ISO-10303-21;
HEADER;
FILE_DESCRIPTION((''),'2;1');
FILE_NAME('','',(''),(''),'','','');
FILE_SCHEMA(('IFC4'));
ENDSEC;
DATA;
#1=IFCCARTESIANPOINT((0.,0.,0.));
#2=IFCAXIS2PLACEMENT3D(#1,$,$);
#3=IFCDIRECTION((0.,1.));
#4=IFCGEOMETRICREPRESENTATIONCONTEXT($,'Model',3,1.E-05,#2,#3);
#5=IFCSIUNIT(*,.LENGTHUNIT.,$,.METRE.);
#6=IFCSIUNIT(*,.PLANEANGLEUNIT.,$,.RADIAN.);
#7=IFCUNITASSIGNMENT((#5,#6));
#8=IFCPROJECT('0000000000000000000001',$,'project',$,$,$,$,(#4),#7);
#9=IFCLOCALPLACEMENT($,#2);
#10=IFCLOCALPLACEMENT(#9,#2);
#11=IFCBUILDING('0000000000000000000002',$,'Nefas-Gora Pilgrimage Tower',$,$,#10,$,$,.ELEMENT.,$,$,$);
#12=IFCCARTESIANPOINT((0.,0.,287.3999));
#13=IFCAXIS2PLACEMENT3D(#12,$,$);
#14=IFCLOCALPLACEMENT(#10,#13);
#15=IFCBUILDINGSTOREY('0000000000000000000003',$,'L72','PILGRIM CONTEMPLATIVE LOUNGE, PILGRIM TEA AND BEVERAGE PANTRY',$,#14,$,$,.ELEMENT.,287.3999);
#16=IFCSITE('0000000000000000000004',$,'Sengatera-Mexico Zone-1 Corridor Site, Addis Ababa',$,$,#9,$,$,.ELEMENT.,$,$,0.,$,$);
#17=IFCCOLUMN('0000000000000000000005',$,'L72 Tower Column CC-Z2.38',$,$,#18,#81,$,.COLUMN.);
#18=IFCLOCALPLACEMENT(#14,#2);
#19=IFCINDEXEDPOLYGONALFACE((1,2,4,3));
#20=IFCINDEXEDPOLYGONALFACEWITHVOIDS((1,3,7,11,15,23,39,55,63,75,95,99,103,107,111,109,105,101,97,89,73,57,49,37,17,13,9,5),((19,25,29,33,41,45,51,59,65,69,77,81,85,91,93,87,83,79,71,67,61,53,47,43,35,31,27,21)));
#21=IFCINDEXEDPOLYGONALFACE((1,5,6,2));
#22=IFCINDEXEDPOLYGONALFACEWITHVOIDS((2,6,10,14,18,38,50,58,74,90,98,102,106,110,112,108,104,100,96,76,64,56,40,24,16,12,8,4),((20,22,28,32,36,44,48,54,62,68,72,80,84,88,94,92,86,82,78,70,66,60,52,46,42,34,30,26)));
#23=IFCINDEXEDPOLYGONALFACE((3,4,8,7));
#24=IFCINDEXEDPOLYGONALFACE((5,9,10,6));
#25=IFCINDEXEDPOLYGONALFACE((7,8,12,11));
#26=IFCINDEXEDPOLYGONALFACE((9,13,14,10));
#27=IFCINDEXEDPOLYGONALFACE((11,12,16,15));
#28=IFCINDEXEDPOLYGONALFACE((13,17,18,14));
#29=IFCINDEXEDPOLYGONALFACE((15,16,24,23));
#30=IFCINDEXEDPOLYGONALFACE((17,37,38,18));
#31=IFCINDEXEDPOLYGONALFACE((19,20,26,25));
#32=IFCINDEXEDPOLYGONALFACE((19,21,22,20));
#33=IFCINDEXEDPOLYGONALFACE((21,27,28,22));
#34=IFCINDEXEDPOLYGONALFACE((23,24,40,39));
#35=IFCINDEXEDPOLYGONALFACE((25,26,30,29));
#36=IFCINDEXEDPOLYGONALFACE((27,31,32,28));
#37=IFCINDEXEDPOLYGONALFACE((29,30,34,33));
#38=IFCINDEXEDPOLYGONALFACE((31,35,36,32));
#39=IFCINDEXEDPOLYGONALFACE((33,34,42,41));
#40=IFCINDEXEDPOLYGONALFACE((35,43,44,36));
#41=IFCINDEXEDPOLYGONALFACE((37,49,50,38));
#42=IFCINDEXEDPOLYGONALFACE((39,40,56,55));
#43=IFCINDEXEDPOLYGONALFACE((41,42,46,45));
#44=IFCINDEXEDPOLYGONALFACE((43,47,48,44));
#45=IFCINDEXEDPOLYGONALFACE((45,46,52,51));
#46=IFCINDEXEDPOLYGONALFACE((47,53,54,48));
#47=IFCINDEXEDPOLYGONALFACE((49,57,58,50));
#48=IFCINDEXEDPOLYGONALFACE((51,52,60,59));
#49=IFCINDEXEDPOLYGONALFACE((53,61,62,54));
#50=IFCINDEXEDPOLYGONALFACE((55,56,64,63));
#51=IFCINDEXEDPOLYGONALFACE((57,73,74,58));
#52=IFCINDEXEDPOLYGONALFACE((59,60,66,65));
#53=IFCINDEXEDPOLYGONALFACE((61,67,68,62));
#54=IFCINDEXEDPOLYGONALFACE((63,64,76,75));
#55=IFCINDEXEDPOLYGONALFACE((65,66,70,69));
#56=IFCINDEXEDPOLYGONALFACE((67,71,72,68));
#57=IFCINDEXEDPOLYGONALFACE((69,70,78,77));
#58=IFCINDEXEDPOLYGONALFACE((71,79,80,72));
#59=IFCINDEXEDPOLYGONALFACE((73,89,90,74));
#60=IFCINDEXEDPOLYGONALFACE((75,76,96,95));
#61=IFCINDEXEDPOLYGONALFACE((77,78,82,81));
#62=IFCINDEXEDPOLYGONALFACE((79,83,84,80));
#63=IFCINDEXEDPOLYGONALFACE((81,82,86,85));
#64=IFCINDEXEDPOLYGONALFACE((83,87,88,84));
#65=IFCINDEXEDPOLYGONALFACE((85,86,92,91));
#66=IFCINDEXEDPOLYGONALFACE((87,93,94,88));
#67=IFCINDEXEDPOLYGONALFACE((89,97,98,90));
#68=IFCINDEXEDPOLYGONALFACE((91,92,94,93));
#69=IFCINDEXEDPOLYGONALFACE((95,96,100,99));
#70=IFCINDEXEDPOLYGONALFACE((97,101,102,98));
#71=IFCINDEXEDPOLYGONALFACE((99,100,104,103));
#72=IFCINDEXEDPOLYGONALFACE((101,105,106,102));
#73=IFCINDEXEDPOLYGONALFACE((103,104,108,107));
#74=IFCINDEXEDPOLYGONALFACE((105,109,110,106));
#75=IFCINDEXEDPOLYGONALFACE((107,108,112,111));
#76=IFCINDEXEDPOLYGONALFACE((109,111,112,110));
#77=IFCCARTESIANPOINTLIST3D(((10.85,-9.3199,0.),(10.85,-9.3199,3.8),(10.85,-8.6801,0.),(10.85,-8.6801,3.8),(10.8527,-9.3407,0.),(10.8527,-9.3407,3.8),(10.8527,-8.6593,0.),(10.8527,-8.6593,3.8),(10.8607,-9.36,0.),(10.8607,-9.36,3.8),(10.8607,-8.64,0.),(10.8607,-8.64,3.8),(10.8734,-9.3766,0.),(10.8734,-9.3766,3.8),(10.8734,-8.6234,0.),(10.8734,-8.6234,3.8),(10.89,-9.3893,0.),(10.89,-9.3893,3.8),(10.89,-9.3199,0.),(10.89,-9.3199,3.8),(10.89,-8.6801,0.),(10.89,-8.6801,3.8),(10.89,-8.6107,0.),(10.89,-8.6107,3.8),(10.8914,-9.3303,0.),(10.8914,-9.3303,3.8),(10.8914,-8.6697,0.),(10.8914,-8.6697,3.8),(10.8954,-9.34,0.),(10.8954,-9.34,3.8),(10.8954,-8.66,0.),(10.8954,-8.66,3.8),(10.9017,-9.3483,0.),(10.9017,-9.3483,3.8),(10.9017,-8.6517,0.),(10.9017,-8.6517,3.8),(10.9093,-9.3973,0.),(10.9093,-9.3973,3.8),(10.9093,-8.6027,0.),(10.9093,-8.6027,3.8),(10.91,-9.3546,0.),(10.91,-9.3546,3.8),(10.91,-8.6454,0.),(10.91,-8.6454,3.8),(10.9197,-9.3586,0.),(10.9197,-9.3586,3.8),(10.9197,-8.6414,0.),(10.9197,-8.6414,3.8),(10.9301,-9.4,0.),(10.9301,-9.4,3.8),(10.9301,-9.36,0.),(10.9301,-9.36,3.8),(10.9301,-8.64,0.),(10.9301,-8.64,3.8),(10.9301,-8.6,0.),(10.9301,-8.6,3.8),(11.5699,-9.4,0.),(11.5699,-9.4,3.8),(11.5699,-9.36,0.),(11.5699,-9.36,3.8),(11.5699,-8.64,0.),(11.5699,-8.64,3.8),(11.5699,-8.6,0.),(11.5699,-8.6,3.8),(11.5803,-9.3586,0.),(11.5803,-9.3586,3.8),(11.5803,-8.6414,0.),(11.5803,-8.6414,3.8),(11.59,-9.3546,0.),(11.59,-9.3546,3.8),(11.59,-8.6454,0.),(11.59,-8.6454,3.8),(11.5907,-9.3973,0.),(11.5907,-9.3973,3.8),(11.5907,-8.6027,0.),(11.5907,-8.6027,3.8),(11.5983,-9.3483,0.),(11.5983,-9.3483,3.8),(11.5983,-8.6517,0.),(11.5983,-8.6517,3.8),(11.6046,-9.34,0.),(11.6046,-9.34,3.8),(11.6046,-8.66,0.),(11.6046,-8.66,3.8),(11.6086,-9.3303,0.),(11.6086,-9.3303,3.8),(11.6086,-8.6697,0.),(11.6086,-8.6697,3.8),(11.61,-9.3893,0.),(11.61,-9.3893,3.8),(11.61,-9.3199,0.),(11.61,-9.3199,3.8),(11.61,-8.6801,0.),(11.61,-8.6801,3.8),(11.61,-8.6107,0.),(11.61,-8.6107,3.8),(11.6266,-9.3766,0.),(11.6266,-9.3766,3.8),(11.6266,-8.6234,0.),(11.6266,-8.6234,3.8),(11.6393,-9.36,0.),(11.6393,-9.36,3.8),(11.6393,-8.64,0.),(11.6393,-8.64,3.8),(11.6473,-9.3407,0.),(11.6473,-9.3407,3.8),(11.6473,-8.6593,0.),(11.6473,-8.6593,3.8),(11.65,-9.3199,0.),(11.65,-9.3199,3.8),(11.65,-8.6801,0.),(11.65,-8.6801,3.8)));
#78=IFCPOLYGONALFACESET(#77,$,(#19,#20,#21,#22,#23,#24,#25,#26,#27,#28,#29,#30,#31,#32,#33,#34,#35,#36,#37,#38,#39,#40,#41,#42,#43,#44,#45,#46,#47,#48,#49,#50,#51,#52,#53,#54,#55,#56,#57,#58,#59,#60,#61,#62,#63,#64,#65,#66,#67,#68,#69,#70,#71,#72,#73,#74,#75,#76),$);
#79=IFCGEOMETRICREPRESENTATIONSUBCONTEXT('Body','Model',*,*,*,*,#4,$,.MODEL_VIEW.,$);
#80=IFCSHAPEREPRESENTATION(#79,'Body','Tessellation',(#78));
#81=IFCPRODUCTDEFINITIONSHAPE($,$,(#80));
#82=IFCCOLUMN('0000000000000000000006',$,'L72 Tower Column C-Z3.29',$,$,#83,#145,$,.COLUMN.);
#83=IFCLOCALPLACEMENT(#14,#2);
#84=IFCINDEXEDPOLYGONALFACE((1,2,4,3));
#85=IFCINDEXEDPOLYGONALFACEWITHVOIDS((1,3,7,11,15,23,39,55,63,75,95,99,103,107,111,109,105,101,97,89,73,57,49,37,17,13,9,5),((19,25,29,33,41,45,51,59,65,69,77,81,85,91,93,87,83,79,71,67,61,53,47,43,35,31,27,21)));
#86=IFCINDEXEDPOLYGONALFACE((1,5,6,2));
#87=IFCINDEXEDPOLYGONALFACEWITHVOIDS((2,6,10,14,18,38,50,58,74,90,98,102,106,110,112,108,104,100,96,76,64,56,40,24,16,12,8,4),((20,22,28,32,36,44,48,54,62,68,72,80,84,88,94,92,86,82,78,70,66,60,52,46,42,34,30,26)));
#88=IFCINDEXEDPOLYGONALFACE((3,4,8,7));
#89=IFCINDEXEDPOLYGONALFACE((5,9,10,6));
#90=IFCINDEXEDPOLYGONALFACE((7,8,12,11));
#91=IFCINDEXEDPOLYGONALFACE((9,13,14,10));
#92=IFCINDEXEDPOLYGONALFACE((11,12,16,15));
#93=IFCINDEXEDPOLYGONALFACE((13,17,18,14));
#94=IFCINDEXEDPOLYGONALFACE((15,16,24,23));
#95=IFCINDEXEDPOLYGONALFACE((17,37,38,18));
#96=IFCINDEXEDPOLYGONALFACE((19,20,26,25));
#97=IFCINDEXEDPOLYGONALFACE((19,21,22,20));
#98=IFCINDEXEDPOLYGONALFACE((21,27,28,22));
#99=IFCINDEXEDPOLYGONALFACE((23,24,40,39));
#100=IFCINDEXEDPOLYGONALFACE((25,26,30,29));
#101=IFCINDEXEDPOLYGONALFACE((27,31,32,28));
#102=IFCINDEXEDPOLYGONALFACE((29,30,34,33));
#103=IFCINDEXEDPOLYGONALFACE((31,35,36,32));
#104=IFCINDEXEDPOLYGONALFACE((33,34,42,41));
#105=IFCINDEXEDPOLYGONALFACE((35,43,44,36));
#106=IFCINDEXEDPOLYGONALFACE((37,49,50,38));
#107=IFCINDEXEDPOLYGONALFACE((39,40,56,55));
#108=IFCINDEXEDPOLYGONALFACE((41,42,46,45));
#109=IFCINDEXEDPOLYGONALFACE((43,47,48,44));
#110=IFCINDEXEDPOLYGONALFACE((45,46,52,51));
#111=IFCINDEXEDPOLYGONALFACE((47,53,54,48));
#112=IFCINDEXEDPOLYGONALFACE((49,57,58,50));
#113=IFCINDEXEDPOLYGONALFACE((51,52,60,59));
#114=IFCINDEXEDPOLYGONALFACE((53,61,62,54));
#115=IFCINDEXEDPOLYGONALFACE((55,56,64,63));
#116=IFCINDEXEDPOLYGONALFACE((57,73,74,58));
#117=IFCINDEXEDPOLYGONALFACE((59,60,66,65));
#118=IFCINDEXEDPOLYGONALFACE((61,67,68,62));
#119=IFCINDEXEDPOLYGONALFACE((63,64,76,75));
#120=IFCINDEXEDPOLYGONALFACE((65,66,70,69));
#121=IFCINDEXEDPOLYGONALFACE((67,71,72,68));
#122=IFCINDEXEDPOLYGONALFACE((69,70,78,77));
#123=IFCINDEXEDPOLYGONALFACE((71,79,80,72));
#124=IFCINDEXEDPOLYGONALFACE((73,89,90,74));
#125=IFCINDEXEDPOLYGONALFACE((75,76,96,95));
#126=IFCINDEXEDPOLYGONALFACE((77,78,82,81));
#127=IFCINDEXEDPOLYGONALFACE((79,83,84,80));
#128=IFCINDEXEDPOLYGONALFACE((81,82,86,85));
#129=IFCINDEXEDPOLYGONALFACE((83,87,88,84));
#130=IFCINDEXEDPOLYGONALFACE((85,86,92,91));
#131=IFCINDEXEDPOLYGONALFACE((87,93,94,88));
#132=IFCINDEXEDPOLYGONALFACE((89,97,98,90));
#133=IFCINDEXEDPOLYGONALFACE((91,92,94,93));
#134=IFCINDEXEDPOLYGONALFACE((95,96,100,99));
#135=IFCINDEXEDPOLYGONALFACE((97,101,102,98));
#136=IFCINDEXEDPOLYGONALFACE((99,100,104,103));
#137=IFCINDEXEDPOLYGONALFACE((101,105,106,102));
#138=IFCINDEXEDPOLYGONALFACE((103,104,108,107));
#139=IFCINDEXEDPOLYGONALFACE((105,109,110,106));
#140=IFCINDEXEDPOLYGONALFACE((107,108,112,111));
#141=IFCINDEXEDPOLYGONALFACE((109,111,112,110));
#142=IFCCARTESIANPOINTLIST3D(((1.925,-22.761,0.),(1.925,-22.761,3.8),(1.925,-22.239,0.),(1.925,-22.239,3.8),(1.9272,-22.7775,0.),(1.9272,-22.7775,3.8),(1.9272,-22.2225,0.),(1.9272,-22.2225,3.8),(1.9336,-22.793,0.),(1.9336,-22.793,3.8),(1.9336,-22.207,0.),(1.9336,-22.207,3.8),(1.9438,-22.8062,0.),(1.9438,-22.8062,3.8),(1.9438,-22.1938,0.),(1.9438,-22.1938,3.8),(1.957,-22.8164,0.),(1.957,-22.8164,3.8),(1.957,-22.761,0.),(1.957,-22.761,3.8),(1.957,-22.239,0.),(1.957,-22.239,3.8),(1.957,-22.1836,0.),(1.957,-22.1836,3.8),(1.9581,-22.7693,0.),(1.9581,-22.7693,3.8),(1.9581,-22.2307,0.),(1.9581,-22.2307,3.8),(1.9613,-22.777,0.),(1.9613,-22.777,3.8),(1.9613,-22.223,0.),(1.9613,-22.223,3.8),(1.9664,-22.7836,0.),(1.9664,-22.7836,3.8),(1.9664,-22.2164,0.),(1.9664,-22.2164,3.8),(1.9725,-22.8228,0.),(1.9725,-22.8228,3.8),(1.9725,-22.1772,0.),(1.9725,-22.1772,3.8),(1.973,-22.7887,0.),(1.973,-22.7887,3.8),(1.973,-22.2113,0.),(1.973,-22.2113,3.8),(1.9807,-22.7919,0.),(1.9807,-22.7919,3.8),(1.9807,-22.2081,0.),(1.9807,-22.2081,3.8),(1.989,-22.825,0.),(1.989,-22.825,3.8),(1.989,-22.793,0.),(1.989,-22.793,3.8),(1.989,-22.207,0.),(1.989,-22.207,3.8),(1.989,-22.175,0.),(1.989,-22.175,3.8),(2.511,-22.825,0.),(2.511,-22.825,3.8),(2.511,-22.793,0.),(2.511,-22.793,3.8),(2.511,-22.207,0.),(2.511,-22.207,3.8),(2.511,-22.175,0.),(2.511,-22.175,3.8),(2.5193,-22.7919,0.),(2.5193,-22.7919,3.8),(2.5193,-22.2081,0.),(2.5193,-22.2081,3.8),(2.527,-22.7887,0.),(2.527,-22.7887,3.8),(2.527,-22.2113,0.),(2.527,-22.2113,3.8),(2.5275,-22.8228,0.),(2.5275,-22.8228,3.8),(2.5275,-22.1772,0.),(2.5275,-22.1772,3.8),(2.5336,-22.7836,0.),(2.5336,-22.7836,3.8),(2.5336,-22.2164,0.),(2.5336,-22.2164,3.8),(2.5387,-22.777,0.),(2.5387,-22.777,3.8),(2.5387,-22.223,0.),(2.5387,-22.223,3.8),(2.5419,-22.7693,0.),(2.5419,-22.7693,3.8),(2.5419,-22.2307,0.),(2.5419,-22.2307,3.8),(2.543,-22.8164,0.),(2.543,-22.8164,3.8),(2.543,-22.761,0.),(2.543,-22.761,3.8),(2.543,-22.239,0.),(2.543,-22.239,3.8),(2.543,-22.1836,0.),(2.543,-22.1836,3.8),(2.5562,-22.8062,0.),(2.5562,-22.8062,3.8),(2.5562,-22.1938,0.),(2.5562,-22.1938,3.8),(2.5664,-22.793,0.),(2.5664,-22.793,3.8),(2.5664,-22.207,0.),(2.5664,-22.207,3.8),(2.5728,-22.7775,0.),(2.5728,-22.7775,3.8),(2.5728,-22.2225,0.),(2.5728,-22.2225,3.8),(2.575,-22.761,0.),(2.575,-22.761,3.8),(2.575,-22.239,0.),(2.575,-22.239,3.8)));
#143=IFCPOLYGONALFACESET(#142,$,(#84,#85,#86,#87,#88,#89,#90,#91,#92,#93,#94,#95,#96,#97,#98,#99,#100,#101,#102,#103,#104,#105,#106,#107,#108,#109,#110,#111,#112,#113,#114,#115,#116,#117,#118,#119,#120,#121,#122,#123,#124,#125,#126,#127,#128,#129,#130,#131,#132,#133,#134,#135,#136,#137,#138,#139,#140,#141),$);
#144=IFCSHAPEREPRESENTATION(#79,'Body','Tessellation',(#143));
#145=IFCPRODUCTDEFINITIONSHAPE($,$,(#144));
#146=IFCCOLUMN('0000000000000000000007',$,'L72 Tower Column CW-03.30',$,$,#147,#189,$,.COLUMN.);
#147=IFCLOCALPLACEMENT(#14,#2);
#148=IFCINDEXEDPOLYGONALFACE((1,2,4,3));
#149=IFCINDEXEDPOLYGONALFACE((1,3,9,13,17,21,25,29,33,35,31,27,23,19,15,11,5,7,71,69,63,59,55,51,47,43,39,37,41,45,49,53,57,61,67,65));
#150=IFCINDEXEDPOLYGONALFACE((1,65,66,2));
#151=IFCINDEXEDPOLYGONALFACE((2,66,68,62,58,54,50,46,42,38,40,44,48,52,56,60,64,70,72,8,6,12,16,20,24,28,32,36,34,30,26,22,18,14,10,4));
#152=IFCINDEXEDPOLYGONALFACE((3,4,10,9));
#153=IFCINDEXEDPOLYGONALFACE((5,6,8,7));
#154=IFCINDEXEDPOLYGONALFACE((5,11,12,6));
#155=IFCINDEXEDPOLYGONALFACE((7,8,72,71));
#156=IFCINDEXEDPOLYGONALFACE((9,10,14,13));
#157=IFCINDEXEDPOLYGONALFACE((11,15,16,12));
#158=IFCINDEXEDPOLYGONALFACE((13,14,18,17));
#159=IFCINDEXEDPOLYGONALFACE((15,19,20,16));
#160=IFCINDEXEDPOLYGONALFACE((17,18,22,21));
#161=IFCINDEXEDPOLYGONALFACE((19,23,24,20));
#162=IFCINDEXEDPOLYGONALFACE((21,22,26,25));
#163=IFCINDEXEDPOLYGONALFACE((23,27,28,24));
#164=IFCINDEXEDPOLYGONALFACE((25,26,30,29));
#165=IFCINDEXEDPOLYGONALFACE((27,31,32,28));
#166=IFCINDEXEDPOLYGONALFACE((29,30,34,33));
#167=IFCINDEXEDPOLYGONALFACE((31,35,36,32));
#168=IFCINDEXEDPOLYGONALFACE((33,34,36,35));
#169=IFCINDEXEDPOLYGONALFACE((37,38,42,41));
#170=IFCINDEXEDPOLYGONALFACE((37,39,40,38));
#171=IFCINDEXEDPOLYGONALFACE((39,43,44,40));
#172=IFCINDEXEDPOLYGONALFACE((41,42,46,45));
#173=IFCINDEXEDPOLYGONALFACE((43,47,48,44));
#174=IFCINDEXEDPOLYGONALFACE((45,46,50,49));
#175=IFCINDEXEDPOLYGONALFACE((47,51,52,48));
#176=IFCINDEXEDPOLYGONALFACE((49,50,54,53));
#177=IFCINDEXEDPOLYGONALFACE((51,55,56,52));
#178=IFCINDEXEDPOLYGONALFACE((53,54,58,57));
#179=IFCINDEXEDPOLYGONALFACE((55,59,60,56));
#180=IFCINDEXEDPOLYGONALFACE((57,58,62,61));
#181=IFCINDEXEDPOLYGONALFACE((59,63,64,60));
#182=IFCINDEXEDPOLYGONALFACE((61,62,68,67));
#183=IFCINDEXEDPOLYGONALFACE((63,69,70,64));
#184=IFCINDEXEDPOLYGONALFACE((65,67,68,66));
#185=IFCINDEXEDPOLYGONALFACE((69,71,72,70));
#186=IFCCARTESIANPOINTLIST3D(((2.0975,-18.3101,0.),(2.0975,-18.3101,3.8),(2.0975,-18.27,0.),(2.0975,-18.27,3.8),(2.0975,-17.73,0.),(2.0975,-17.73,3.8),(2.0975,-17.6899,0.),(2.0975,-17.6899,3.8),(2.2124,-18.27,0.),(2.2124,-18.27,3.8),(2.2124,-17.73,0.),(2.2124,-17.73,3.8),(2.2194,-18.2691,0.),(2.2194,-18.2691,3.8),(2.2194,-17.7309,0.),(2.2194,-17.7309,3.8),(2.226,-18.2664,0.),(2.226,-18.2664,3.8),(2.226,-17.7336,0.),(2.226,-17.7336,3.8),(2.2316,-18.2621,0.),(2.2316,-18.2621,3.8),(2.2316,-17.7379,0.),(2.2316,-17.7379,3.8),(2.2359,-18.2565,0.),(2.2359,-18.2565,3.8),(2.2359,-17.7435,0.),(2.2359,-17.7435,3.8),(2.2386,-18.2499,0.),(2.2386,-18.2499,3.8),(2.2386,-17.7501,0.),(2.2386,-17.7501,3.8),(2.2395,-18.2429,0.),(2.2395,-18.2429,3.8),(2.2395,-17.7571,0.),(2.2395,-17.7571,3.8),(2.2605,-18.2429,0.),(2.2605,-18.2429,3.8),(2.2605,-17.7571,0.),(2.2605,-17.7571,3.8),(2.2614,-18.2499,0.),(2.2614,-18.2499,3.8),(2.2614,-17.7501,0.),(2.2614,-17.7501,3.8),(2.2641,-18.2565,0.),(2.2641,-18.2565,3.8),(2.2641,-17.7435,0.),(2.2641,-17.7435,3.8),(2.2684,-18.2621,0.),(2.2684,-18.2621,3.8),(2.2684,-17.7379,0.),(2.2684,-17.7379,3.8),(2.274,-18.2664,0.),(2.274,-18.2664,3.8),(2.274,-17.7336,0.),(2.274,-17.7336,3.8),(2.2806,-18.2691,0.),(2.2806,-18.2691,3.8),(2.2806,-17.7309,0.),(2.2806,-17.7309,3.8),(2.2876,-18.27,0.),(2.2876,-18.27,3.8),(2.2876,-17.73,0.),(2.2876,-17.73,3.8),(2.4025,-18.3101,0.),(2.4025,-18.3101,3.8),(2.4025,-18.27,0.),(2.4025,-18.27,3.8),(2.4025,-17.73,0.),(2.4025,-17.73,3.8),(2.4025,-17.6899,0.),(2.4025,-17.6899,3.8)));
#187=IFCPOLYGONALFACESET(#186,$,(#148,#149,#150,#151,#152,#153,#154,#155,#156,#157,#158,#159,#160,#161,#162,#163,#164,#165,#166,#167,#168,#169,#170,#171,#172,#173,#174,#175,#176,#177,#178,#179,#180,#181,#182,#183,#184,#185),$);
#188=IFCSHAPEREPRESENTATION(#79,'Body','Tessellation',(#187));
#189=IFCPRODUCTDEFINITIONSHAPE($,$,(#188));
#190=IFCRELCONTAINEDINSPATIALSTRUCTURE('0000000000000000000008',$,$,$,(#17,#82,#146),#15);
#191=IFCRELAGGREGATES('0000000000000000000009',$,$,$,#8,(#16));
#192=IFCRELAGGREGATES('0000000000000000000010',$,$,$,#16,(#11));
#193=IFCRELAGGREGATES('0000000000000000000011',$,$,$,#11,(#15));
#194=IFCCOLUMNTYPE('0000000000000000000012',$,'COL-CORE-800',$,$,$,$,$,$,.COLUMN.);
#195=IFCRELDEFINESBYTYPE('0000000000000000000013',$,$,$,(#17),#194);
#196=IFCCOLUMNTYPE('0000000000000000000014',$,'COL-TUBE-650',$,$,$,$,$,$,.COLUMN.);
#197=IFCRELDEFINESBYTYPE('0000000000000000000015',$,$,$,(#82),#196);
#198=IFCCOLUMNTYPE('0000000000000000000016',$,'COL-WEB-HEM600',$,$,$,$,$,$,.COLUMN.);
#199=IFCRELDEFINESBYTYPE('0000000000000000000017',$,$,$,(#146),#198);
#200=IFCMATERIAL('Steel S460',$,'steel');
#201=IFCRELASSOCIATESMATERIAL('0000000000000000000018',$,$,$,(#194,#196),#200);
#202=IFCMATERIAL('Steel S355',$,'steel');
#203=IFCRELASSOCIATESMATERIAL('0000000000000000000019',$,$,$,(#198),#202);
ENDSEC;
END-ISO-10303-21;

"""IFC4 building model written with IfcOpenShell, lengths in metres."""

from ifc_helpers import new_model, si_unit, direction, frame, origin, origin_2d, place, context, subcontext, project, spatial, hollow_rectangle, i_section, extrude, source, transform, mapped, material, material_profile, profile_set, type_object, element, save


model = new_model("IFC4")

# Units and contexts
model_context = context("Model", 3, precision=1e-05, world=origin(), true_north=direction((0.0, 1.0)))
body_context = subcontext(model_context, "Body", "Model", "MODEL_VIEW")
ifc_project = project(units=[si_unit("LENGTHUNIT", "METRE"), si_unit("PLANEANGLEUNIT", "RADIAN")], contexts=[model_context])

# Site, building, storey
site_placement = place(None, origin())
site = spatial("IfcSite", under=ifc_project, at=site_placement, Name="Sengatera-Mexico Zone-1 Corridor Site, Addis Ababa", CompositionType="ELEMENT", RefElevation=0.0)
building_placement = place(site_placement, origin())
building = spatial("IfcBuilding", under=site, at=building_placement, Name="Nefas-Gora Pilgrimage Tower", CompositionType="ELEMENT")
storey_placement = place(building_placement, frame((0.0, 0.0, 287.3999)))
storey = spatial("IfcBuildingStorey", under=building, at=storey_placement, Name="L72", Description="PILGRIM CONTEMPLATIVE LOUNGE, PILGRIM TEA AND BEVERAGE PANTRY", CompositionType="ELEMENT", Elevation=287.3999)

# Columns
ifc_material_1 = material(Name="Steel S460", Category="steel")
ifc_material_profile_1 = material_profile(ifc_material_1, hollow_rectangle(XDim=0.8, YDim=0.8, WallThickness=0.04, InnerFilletRadius=0.04, OuterFilletRadius=0.0801, at=origin_2d()), Name="BOX 800x800x40")
ifc_profile_set_1 = profile_set([ifc_material_profile_1], Name="Steel S460")
column_type_1 = type_object("IfcColumnType", Name="COL-CORE-800", PredefinedType="COLUMN", material=ifc_profile_set_1)
shared_shape_1 = source(origin(), body_context, "Body", "SweptSolid", [
    extrude(hollow_rectangle(XDim=0.8, YDim=0.8, WallThickness=0.04, InnerFilletRadius=0.04, OuterFilletRadius=0.0801, at=origin_2d()), origin(), (0.0, 0.0, 1.0), 3.8),
])
column_1_placement = place(storey_placement, frame((11.25, -9.0, 0.0), z_axis=(0.0, 0.0, 1.0), x_axis=(1.0, 0.0, 0.0)))
element("IfcColumn", 1, at=column_1_placement, inside=storey, type_object=column_type_1, Name="L72 Tower Column CC-Z2.38", PredefinedType="COLUMN", context=body_context, shape_type="MappedRepresentation", body=[
    mapped(shared_shape_1, transform((0.0, 0.0, 0.0), x_axis=(1.0, 0.0, 0.0), y_axis=(0.0, 1.0, 0.0), z_axis=(0.0, 0.0, 1.0), scale=1.0)),
])
ifc_material_profile_2 = material_profile(ifc_material_1, hollow_rectangle(XDim=0.6499, YDim=0.6499, WallThickness=0.032, InnerFilletRadius=0.032, OuterFilletRadius=0.064, at=origin_2d()), Name="BOX 650x650x32")
ifc_profile_set_2 = profile_set([ifc_material_profile_2], Name="Steel S460")
column_type_2 = type_object("IfcColumnType", Name="COL-TUBE-650", PredefinedType="COLUMN", material=ifc_profile_set_2)
shared_shape_2 = source(origin(), body_context, "Body", "SweptSolid", [
    extrude(hollow_rectangle(XDim=0.6499, YDim=0.6499, WallThickness=0.032, InnerFilletRadius=0.032, OuterFilletRadius=0.064, at=origin_2d()), origin(), (0.0, 0.0, 1.0), 3.8),
])
column_2_placement = place(storey_placement, frame((2.25, -22.5, 0.0), z_axis=(0.0, 0.0, 1.0), x_axis=(1.0, 0.0, 0.0)))
element("IfcColumn", 2, at=column_2_placement, inside=storey, type_object=column_type_2, Name="L72 Tower Column C-Z3.29", PredefinedType="COLUMN", context=body_context, shape_type="MappedRepresentation", body=[
    mapped(shared_shape_2, transform((0.0, 0.0, 0.0), x_axis=(1.0, 0.0, 0.0), y_axis=(0.0, 1.0, 0.0), z_axis=(0.0, 0.0, 1.0), scale=1.0)),
])
ifc_material_2 = material(Name="Steel S355", Category="steel")
ifc_material_profile_3 = material_profile(ifc_material_2, i_section(OverallWidth=0.3049, OverallDepth=0.6201, WebThickness=0.021, FlangeThickness=0.04, FilletRadius=0.0271, at=origin_2d()), Name="HEM 600")
ifc_profile_set_3 = profile_set([ifc_material_profile_3], Name="Steel S355")
column_type_3 = type_object("IfcColumnType", Name="COL-WEB-HEM600", PredefinedType="COLUMN", material=ifc_profile_set_3)
shared_shape_3 = source(origin(), body_context, "Body", "SweptSolid", [
    extrude(i_section(OverallWidth=0.3049, OverallDepth=0.6201, WebThickness=0.021, FlangeThickness=0.04, FilletRadius=0.0271, at=origin_2d()), origin(), (0.0, 0.0, 1.0), 3.8),
])
for number, where, z_axis, x_axis, name in (
    (3, (2.25, -18.0, 0.0), (0.0, 0.0, 1.0), (1.0, 0.0, 0.0), "L72 Tower Column CW-03.30"),
):
    element("IfcColumn", number, at=place(storey_placement, frame(where, z_axis=z_axis, x_axis=x_axis)), inside=storey, type_object=column_type_3, Name=name, PredefinedType="COLUMN", context=body_context, shape_type="MappedRepresentation", body=[
        mapped(shared_shape_3, transform((0.0, 0.0, 0.0), x_axis=(1.0, 0.0, 0.0), y_axis=(0.0, 1.0, 0.0), z_axis=(0.0, 0.0, 1.0), scale=1.0)),
    ])

save(model, "model.ifc")
